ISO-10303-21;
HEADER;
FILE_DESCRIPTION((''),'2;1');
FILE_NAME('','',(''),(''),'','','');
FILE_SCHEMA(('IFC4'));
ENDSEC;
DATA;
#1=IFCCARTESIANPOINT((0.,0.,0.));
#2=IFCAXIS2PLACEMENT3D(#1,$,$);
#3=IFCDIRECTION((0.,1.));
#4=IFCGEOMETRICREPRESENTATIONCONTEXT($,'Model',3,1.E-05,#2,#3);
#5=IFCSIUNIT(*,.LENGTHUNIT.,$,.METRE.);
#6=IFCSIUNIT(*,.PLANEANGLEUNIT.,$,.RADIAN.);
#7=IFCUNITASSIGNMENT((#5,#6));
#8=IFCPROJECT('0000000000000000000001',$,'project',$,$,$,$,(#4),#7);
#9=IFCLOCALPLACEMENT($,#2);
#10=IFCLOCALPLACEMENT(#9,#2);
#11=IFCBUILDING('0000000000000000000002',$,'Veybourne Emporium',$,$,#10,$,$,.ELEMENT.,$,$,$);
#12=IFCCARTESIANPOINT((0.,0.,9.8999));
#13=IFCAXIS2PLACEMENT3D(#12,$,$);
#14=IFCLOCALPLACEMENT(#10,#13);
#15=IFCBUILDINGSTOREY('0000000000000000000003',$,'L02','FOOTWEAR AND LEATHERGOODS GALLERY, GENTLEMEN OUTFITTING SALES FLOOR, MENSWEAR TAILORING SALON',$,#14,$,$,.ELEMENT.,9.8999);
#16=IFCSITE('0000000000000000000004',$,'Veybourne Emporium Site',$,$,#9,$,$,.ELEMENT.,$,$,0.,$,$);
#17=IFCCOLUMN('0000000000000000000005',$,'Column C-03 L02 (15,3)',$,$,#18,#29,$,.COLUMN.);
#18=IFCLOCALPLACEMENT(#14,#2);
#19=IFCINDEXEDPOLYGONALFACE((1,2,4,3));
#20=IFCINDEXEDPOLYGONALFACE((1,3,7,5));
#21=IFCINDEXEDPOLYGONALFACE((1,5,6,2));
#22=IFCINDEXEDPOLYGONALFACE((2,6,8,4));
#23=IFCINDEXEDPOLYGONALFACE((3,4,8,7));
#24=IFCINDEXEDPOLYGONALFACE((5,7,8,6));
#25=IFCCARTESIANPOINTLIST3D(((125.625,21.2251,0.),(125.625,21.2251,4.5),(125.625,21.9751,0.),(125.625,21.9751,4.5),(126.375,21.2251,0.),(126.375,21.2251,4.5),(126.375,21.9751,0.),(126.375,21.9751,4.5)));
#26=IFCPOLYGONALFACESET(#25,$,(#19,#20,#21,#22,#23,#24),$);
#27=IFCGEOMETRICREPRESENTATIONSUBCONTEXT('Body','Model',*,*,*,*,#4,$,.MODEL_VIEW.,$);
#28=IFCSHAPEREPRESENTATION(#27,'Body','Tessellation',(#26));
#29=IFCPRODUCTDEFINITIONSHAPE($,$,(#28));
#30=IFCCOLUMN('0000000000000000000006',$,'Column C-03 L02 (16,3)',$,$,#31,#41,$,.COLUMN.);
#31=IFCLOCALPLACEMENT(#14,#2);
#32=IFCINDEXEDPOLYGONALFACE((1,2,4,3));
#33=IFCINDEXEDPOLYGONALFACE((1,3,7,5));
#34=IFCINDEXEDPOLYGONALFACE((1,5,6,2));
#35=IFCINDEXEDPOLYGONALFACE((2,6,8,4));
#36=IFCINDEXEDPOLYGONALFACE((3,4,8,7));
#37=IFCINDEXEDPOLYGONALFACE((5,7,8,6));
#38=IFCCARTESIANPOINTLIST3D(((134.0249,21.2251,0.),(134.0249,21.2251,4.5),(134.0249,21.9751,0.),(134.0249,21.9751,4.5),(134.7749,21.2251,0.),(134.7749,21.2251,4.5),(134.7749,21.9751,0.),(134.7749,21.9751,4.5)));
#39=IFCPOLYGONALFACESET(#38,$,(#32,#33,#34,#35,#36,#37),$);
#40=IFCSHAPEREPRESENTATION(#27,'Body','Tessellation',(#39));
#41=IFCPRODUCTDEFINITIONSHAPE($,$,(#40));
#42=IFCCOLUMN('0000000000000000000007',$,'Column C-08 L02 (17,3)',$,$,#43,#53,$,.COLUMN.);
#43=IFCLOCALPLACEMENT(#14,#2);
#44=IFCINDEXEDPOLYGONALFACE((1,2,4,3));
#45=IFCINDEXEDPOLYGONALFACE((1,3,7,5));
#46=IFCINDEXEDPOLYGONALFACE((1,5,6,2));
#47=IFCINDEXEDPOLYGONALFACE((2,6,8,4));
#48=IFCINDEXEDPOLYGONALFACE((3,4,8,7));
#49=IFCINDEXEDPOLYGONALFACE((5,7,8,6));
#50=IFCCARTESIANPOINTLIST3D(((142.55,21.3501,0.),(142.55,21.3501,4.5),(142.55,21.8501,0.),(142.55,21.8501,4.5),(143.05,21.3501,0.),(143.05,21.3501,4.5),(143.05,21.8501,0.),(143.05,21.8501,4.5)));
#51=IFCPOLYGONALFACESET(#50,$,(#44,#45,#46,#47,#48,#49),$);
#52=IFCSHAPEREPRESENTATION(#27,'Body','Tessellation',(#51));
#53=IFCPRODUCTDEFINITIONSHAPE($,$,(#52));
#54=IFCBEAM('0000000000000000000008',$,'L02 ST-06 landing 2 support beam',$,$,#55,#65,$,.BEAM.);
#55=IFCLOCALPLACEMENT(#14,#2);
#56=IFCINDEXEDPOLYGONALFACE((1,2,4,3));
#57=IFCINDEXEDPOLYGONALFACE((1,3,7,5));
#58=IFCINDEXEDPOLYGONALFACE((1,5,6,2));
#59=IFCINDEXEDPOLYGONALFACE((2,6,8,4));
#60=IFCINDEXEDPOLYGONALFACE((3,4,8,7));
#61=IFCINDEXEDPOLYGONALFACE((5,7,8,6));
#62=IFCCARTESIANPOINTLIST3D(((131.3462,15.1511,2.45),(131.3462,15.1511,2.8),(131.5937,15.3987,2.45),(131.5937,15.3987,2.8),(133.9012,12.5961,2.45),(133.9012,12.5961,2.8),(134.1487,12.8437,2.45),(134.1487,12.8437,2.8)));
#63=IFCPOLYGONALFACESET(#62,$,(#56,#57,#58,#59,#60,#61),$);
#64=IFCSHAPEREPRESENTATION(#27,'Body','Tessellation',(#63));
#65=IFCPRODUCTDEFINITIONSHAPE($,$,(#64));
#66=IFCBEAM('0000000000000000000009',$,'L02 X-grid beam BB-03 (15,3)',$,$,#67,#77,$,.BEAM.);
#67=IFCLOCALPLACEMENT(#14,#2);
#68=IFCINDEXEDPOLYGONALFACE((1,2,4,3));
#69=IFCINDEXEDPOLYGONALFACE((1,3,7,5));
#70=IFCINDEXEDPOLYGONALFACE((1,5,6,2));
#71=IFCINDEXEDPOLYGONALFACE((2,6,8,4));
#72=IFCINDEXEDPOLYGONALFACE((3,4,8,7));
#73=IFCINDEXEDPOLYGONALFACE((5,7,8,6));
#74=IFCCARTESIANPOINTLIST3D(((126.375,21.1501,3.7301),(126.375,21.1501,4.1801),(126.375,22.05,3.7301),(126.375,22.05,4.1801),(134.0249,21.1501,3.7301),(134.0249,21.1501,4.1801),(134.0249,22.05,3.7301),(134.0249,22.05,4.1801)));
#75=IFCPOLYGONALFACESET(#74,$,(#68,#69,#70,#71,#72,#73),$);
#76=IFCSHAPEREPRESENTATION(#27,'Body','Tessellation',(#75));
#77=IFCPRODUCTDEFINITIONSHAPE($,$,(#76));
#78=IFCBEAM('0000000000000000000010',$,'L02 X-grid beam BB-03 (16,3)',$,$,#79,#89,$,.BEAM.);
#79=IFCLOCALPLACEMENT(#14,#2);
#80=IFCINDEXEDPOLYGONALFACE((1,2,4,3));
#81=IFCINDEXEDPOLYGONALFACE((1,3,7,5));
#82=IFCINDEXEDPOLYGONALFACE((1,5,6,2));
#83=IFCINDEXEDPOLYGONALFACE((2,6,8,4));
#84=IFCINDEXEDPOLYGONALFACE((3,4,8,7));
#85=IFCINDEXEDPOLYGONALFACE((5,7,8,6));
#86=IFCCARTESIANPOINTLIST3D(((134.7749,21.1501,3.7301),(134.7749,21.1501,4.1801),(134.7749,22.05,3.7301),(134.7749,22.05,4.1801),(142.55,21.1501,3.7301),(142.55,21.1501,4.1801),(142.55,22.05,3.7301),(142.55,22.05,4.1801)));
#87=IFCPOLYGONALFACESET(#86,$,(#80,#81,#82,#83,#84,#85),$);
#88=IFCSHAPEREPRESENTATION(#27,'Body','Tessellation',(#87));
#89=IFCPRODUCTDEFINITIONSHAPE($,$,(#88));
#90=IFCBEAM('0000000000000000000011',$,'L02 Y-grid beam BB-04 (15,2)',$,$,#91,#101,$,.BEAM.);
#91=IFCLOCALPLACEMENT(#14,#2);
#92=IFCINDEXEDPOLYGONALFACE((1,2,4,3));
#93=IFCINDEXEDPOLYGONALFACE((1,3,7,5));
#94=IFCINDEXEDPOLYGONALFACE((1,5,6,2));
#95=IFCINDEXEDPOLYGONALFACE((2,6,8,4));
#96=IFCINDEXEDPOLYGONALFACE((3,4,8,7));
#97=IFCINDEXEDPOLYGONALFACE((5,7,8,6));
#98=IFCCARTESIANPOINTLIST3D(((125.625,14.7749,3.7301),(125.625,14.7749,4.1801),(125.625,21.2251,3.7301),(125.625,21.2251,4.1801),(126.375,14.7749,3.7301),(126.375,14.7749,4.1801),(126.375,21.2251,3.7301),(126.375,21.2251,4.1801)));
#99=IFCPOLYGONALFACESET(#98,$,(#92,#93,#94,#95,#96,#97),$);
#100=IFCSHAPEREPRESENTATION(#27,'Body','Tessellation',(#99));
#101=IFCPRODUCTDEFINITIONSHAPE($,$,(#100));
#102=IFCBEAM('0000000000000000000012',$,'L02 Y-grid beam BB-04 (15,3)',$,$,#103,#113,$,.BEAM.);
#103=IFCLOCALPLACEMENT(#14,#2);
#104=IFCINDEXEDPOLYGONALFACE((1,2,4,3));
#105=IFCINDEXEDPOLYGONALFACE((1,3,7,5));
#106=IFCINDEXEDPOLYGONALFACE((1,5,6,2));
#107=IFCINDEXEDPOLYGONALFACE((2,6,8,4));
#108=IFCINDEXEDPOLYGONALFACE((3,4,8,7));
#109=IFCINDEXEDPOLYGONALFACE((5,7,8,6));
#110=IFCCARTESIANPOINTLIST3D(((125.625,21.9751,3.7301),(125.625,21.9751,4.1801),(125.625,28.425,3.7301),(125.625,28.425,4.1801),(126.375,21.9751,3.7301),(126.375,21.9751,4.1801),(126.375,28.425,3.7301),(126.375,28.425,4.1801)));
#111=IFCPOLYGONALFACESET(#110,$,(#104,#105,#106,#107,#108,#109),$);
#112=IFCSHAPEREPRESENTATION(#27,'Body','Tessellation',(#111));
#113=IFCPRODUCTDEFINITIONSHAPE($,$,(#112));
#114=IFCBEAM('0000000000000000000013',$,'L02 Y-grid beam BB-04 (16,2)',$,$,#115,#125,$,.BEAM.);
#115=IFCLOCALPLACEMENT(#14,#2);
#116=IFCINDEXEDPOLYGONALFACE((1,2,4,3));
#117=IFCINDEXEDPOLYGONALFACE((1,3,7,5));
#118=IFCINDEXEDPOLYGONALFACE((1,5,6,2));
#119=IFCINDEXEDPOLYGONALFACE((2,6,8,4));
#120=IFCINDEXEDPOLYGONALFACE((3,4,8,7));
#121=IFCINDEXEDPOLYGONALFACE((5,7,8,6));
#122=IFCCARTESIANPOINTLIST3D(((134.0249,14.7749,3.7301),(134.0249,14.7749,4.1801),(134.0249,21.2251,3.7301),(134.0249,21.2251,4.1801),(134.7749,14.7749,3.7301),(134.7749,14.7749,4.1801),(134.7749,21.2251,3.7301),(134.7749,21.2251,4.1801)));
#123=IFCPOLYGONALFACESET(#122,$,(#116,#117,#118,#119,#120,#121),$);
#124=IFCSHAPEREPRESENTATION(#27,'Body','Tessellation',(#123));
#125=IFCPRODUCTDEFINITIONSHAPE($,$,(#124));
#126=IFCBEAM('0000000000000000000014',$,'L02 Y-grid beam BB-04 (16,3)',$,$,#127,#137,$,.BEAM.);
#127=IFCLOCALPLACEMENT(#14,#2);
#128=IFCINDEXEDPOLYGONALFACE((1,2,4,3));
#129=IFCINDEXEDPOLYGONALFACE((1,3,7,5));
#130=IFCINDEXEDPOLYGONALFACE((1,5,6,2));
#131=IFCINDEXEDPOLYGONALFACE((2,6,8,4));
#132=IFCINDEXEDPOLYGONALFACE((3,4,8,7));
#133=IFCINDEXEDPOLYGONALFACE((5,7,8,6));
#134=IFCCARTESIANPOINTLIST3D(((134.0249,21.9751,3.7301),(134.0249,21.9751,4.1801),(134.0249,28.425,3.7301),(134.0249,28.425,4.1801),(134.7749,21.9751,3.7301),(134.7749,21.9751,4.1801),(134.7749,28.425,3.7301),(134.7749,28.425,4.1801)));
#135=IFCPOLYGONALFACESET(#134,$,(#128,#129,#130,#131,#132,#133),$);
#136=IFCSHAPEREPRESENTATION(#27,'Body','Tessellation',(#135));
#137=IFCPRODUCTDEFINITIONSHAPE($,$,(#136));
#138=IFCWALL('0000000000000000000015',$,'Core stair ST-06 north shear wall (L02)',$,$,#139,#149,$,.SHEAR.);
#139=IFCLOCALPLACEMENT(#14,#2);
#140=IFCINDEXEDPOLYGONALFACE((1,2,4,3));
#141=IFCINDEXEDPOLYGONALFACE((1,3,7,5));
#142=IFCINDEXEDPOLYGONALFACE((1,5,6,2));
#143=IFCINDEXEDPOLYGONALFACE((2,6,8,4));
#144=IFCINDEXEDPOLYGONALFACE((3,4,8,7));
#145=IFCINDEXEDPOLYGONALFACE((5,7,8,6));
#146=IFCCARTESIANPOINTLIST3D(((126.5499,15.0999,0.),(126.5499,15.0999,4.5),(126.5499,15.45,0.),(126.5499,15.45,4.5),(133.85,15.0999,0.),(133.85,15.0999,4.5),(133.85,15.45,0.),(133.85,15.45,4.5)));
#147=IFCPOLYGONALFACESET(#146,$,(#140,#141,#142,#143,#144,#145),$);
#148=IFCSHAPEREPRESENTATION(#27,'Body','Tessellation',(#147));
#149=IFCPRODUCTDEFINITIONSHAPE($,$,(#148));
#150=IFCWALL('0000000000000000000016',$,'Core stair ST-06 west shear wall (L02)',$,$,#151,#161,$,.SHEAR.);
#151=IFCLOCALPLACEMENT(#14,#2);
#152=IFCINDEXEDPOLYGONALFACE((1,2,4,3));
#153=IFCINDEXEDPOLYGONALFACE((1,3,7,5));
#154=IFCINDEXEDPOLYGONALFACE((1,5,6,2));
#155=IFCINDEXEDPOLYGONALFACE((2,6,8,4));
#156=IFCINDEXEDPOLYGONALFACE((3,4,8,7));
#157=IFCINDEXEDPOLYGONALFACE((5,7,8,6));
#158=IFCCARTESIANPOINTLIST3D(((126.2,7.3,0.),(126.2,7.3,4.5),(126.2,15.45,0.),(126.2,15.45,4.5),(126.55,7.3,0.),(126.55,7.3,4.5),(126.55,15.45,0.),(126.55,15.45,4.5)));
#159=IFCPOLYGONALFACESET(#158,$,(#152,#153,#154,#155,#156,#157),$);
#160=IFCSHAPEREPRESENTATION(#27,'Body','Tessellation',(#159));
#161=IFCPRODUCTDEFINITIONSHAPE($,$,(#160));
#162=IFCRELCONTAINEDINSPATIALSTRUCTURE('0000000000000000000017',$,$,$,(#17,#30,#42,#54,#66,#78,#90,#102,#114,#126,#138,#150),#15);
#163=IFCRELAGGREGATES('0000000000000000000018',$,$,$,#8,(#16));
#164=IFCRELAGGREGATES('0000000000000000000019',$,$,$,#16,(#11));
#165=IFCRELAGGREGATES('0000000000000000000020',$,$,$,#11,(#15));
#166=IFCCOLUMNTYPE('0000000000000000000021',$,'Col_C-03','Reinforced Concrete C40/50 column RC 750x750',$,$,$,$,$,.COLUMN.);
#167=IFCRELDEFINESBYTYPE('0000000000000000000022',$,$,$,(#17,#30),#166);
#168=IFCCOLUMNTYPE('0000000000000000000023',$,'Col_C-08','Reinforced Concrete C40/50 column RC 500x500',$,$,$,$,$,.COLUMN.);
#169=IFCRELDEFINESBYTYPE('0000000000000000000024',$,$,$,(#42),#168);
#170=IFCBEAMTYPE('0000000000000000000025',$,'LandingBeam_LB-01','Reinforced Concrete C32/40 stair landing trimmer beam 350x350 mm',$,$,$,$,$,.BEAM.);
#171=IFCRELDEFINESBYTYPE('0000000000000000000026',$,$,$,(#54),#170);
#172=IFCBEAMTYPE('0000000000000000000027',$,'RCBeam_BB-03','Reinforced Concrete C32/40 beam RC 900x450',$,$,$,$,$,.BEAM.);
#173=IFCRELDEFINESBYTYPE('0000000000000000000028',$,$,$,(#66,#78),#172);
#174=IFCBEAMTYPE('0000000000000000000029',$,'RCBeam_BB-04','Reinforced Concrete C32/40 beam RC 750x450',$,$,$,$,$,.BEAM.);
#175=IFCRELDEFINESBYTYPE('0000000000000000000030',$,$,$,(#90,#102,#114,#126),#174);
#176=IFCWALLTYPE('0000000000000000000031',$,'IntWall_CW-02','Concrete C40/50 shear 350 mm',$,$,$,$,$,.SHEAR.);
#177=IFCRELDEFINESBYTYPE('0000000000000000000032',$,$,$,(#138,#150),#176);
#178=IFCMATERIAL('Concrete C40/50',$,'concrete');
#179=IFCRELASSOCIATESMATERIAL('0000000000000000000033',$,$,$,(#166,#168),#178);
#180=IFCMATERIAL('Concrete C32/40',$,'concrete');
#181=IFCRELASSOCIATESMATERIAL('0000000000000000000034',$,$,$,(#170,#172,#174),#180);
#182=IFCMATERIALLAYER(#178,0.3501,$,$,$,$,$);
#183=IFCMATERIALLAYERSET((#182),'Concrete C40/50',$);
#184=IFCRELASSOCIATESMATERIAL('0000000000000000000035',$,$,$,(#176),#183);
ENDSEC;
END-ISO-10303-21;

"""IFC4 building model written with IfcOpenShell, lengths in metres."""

from ifc_helpers import new_model, si_unit, direction, frame, frame_2d, origin, origin_2d, place, context, subcontext, project, spatial, rectangle, extrude, material, layer, layer_set, material_profile, profile_set, type_object, element, save


model = new_model("IFC4")

# Units and contexts
model_context = context("Model", 3, precision=1e-05, world=origin(), true_north=direction((0.0, 1.0)))
body_context = subcontext(model_context, "Body", "Model", "MODEL_VIEW")
ifc_project = project(units=[si_unit("LENGTHUNIT", "METRE"), si_unit("PLANEANGLEUNIT", "RADIAN")], contexts=[model_context])

# Site, building, storey
site_placement = place(None, origin())
site = spatial("IfcSite", under=ifc_project, at=site_placement, Name="Veybourne Emporium Site", CompositionType="ELEMENT", RefElevation=0.0)
building_placement = place(site_placement, origin())
building = spatial("IfcBuilding", under=site, at=building_placement, Name="Veybourne Emporium", CompositionType="ELEMENT")
storey_placement = place(building_placement, frame((0.0, 0.0, 9.8999)))
storey = spatial("IfcBuildingStorey", under=building, at=storey_placement, Name="L02", Description="FOOTWEAR AND LEATHERGOODS GALLERY, GENTLEMEN OUTFITTING SALES FLOOR, MENSWEAR TAILORING SALON", CompositionType="ELEMENT", Elevation=9.8999)

# Columns
ifc_material_1 = material(Name="Concrete C40/50", Category="concrete")
ifc_material_profile_1 = material_profile(ifc_material_1, rectangle(XDim=0.75, YDim=0.75, at=origin_2d()), Name="RC 750x750")
ifc_profile_set_1 = profile_set([ifc_material_profile_1], Name="Concrete C40/50")
column_type_1 = type_object("IfcColumnType", Name="Col_C-03", Description="Reinforced Concrete C40/50 column RC 750x750", PredefinedType="COLUMN", material=ifc_profile_set_1)
for number, where, z_axis, x_axis, name in (
    (1, (126.0, 21.6001, 0.0), (0.0, 0.0, 1.0), (1.0, 0.0, 0.0), "Column C-03 L02 (15,3)"),
    (2, (134.3999, 21.6001, 0.0), (0.0, 0.0, 1.0), (1.0, 0.0, 0.0), "Column C-03 L02 (16,3)"),
):
    element("IfcColumn", number, at=place(storey_placement, frame(where, z_axis=z_axis, x_axis=x_axis)), inside=storey, type_object=column_type_1, Name=name, PredefinedType="COLUMN", context=body_context, shape_type="SweptSolid", body=[
        extrude(rectangle(XDim=0.75, YDim=0.75, at=origin_2d()), origin(), (0.0, 0.0, 1.0), 4.5),
    ])
ifc_material_profile_2 = material_profile(ifc_material_1, rectangle(XDim=0.5, YDim=0.5, at=origin_2d()), Name="RC 500x500")
ifc_profile_set_2 = profile_set([ifc_material_profile_2], Name="Concrete C40/50")
column_type_2 = type_object("IfcColumnType", Name="Col_C-08", Description="Reinforced Concrete C40/50 column RC 500x500", PredefinedType="COLUMN", material=ifc_profile_set_2)
column_placement = place(storey_placement, frame((142.8, 21.6001, 0.0), z_axis=(0.0, 0.0, 1.0), x_axis=(1.0, 0.0, 0.0)))
element("IfcColumn", 3, at=column_placement, inside=storey, type_object=column_type_2, Name="Column C-08 L02 (17,3)", PredefinedType="COLUMN", context=body_context, shape_type="SweptSolid", body=[
    extrude(rectangle(XDim=0.5, YDim=0.5, at=origin_2d()), origin(), (0.0, 0.0, 1.0), 4.5),
])

# Beams
ifc_material_2 = material(Name="Concrete C32/40", Category="concrete")
ifc_material_profile_3 = material_profile(ifc_material_2, rectangle(XDim=0.3501, YDim=0.3501, at=origin_2d()), Name="RC 350x350")
ifc_profile_set_3 = profile_set([ifc_material_profile_3], Name="Concrete C32/40")
beam_type_1 = type_object("IfcBeamType", Name="LandingBeam_LB-01", Description="Reinforced Concrete C32/40 stair landing trimmer beam 350x350 mm", PredefinedType="BEAM", material=ifc_profile_set_3)
beam_1_placement = place(storey_placement, frame((131.47, 15.2749, 2.625), z_axis=(0.707107, -0.707107, 0.0), x_axis=(0.707107, 0.707107, 0.0)))
element("IfcBeam", 4, at=beam_1_placement, inside=storey, type_object=beam_type_1, Name="L02 ST-06 landing 2 support beam", PredefinedType="BEAM", context=body_context, shape_type="SweptSolid", body=[
    extrude(rectangle(XDim=0.3501, YDim=0.3501, at=origin_2d()), origin(), (0.0, 0.0, 1.0), 3.6133),
])
ifc_material_profile_4 = material_profile(ifc_material_2, rectangle(XDim=0.8999, YDim=0.45, at=origin_2d()), Name="RC 900x450")
ifc_profile_set_4 = profile_set([ifc_material_profile_4], Name="Concrete C32/40")
beam_type_2 = type_object("IfcBeamType", Name="RCBeam_BB-03", Description="Reinforced Concrete C32/40 beam RC 900x450", PredefinedType="BEAM", material=ifc_profile_set_4)
beam_2_placement = place(storey_placement, frame((126.375, 21.6001, 3.9551), z_axis=(1.0, 0.0, 0.0), x_axis=(0.0, 1.0, 0.0)))
element("IfcBeam", 5, at=beam_2_placement, inside=storey, type_object=beam_type_2, Name="L02 X-grid beam BB-03 (15,3)", PredefinedType="BEAM", context=body_context, shape_type="SweptSolid", body=[
    extrude(rectangle(XDim=0.8999, YDim=0.45, at=origin_2d()), origin(), (0.0, 0.0, 1.0), 7.6499),
])
beam_3_placement = place(storey_placement, frame((134.7749, 21.6001, 3.9551), z_axis=(1.0, 0.0, 0.0), x_axis=(0.0, 1.0, 0.0)))
element("IfcBeam", 6, at=beam_3_placement, inside=storey, type_object=beam_type_2, Name="L02 X-grid beam BB-03 (16,3)", PredefinedType="BEAM", context=body_context, shape_type="SweptSolid", body=[
    extrude(rectangle(XDim=0.8999, YDim=0.45, at=origin_2d()), origin(), (0.0, 0.0, 1.0), 7.7751),
])
ifc_material_profile_5 = material_profile(ifc_material_2, rectangle(XDim=0.75, YDim=0.45, at=origin_2d()), Name="RC 750x450")
ifc_profile_set_5 = profile_set([ifc_material_profile_5], Name="Concrete C32/40")
beam_type_3 = type_object("IfcBeamType", Name="RCBeam_BB-04", Description="Reinforced Concrete C32/40 beam RC 750x450", PredefinedType="BEAM", material=ifc_profile_set_5)
beam_4_placement = place(storey_placement, frame((126.0, 14.7749, 3.9551), z_axis=(0.0, 1.0, 0.0), x_axis=(-1.0, 0.0, 0.0)))
element("IfcBeam", 7, at=beam_4_placement, inside=storey, type_object=beam_type_3, Name="L02 Y-grid beam BB-04 (15,2)", PredefinedType="BEAM", context=body_context, shape_type="SweptSolid", body=[
    extrude(rectangle(XDim=0.75, YDim=0.45, at=origin_2d()), origin(), (0.0, 0.0, 1.0), 6.4502),
])
beam_5_placement = place(storey_placement, frame((126.0, 21.9751, 3.9551), z_axis=(0.0, 1.0, 0.0), x_axis=(-1.0, 0.0, 0.0)))
element("IfcBeam", 8, at=beam_5_placement, inside=storey, type_object=beam_type_3, Name="L02 Y-grid beam BB-04 (15,3)", PredefinedType="BEAM", context=body_context, shape_type="SweptSolid", body=[
    extrude(rectangle(XDim=0.75, YDim=0.45, at=origin_2d()), origin(), (0.0, 0.0, 1.0), 6.45),
])
beam_6_placement = place(storey_placement, frame((134.3999, 14.7749, 3.9551), z_axis=(0.0, 1.0, 0.0), x_axis=(-1.0, 0.0, 0.0)))
element("IfcBeam", 9, at=beam_6_placement, inside=storey, type_object=beam_type_3, Name="L02 Y-grid beam BB-04 (16,2)", PredefinedType="BEAM", context=body_context, shape_type="SweptSolid", body=[
    extrude(rectangle(XDim=0.75, YDim=0.45, at=origin_2d()), origin(), (0.0, 0.0, 1.0), 6.4502),
])
beam_7_placement = place(storey_placement, frame((134.3999, 21.9751, 3.9551), z_axis=(0.0, 1.0, 0.0), x_axis=(-1.0, 0.0, 0.0)))
element("IfcBeam", 10, at=beam_7_placement, inside=storey, type_object=beam_type_3, Name="L02 Y-grid beam BB-04 (16,3)", PredefinedType="BEAM", context=body_context, shape_type="SweptSolid", body=[
    extrude(rectangle(XDim=0.75, YDim=0.45, at=origin_2d()), origin(), (0.0, 0.0, 1.0), 6.45),
])

# Walls
ifc_layer_1 = layer(ifc_material_1, 0.3501)
ifc_layer_set_1 = layer_set([ifc_layer_1], Name="Concrete C40/50")
wall_type_1 = type_object("IfcWallType", Name="IntWall_CW-02", Description="Concrete C40/50 shear 350 mm", PredefinedType="SHEAR", material=ifc_layer_set_1)
wall_1_placement = place(storey_placement, frame((126.55, 15.2749, 0.0), z_axis=(0.0, 0.0, 1.0), x_axis=(1.0, 0.0, 0.0)))
element("IfcWall", 11, at=wall_1_placement, inside=storey, type_object=wall_type_1, Name="Core stair ST-06 north shear wall (L02)", PredefinedType="SHEAR", context=body_context, shape_type="SweptSolid", body=[
    extrude(rectangle(XDim=7.3, YDim=0.3501, at=frame_2d((3.6499, 0.0))), origin(), (0.0, 0.0, 1.0), 4.5),
])
wall_2_placement = place(storey_placement, frame((126.375, 15.45, 0.0), z_axis=(0.0, 0.0, 1.0), x_axis=(0.0, -1.0, 0.0)))
element("IfcWall", 12, at=wall_2_placement, inside=storey, type_object=wall_type_1, Name="Core stair ST-06 west shear wall (L02)", PredefinedType="SHEAR", context=body_context, shape_type="SweptSolid", body=[
    extrude(rectangle(XDim=8.1499, YDim=0.3501, at=frame_2d((4.075, 0.0))), origin(), (0.0, 0.0, 1.0), 4.5),
])

save(model, "model.ifc")
